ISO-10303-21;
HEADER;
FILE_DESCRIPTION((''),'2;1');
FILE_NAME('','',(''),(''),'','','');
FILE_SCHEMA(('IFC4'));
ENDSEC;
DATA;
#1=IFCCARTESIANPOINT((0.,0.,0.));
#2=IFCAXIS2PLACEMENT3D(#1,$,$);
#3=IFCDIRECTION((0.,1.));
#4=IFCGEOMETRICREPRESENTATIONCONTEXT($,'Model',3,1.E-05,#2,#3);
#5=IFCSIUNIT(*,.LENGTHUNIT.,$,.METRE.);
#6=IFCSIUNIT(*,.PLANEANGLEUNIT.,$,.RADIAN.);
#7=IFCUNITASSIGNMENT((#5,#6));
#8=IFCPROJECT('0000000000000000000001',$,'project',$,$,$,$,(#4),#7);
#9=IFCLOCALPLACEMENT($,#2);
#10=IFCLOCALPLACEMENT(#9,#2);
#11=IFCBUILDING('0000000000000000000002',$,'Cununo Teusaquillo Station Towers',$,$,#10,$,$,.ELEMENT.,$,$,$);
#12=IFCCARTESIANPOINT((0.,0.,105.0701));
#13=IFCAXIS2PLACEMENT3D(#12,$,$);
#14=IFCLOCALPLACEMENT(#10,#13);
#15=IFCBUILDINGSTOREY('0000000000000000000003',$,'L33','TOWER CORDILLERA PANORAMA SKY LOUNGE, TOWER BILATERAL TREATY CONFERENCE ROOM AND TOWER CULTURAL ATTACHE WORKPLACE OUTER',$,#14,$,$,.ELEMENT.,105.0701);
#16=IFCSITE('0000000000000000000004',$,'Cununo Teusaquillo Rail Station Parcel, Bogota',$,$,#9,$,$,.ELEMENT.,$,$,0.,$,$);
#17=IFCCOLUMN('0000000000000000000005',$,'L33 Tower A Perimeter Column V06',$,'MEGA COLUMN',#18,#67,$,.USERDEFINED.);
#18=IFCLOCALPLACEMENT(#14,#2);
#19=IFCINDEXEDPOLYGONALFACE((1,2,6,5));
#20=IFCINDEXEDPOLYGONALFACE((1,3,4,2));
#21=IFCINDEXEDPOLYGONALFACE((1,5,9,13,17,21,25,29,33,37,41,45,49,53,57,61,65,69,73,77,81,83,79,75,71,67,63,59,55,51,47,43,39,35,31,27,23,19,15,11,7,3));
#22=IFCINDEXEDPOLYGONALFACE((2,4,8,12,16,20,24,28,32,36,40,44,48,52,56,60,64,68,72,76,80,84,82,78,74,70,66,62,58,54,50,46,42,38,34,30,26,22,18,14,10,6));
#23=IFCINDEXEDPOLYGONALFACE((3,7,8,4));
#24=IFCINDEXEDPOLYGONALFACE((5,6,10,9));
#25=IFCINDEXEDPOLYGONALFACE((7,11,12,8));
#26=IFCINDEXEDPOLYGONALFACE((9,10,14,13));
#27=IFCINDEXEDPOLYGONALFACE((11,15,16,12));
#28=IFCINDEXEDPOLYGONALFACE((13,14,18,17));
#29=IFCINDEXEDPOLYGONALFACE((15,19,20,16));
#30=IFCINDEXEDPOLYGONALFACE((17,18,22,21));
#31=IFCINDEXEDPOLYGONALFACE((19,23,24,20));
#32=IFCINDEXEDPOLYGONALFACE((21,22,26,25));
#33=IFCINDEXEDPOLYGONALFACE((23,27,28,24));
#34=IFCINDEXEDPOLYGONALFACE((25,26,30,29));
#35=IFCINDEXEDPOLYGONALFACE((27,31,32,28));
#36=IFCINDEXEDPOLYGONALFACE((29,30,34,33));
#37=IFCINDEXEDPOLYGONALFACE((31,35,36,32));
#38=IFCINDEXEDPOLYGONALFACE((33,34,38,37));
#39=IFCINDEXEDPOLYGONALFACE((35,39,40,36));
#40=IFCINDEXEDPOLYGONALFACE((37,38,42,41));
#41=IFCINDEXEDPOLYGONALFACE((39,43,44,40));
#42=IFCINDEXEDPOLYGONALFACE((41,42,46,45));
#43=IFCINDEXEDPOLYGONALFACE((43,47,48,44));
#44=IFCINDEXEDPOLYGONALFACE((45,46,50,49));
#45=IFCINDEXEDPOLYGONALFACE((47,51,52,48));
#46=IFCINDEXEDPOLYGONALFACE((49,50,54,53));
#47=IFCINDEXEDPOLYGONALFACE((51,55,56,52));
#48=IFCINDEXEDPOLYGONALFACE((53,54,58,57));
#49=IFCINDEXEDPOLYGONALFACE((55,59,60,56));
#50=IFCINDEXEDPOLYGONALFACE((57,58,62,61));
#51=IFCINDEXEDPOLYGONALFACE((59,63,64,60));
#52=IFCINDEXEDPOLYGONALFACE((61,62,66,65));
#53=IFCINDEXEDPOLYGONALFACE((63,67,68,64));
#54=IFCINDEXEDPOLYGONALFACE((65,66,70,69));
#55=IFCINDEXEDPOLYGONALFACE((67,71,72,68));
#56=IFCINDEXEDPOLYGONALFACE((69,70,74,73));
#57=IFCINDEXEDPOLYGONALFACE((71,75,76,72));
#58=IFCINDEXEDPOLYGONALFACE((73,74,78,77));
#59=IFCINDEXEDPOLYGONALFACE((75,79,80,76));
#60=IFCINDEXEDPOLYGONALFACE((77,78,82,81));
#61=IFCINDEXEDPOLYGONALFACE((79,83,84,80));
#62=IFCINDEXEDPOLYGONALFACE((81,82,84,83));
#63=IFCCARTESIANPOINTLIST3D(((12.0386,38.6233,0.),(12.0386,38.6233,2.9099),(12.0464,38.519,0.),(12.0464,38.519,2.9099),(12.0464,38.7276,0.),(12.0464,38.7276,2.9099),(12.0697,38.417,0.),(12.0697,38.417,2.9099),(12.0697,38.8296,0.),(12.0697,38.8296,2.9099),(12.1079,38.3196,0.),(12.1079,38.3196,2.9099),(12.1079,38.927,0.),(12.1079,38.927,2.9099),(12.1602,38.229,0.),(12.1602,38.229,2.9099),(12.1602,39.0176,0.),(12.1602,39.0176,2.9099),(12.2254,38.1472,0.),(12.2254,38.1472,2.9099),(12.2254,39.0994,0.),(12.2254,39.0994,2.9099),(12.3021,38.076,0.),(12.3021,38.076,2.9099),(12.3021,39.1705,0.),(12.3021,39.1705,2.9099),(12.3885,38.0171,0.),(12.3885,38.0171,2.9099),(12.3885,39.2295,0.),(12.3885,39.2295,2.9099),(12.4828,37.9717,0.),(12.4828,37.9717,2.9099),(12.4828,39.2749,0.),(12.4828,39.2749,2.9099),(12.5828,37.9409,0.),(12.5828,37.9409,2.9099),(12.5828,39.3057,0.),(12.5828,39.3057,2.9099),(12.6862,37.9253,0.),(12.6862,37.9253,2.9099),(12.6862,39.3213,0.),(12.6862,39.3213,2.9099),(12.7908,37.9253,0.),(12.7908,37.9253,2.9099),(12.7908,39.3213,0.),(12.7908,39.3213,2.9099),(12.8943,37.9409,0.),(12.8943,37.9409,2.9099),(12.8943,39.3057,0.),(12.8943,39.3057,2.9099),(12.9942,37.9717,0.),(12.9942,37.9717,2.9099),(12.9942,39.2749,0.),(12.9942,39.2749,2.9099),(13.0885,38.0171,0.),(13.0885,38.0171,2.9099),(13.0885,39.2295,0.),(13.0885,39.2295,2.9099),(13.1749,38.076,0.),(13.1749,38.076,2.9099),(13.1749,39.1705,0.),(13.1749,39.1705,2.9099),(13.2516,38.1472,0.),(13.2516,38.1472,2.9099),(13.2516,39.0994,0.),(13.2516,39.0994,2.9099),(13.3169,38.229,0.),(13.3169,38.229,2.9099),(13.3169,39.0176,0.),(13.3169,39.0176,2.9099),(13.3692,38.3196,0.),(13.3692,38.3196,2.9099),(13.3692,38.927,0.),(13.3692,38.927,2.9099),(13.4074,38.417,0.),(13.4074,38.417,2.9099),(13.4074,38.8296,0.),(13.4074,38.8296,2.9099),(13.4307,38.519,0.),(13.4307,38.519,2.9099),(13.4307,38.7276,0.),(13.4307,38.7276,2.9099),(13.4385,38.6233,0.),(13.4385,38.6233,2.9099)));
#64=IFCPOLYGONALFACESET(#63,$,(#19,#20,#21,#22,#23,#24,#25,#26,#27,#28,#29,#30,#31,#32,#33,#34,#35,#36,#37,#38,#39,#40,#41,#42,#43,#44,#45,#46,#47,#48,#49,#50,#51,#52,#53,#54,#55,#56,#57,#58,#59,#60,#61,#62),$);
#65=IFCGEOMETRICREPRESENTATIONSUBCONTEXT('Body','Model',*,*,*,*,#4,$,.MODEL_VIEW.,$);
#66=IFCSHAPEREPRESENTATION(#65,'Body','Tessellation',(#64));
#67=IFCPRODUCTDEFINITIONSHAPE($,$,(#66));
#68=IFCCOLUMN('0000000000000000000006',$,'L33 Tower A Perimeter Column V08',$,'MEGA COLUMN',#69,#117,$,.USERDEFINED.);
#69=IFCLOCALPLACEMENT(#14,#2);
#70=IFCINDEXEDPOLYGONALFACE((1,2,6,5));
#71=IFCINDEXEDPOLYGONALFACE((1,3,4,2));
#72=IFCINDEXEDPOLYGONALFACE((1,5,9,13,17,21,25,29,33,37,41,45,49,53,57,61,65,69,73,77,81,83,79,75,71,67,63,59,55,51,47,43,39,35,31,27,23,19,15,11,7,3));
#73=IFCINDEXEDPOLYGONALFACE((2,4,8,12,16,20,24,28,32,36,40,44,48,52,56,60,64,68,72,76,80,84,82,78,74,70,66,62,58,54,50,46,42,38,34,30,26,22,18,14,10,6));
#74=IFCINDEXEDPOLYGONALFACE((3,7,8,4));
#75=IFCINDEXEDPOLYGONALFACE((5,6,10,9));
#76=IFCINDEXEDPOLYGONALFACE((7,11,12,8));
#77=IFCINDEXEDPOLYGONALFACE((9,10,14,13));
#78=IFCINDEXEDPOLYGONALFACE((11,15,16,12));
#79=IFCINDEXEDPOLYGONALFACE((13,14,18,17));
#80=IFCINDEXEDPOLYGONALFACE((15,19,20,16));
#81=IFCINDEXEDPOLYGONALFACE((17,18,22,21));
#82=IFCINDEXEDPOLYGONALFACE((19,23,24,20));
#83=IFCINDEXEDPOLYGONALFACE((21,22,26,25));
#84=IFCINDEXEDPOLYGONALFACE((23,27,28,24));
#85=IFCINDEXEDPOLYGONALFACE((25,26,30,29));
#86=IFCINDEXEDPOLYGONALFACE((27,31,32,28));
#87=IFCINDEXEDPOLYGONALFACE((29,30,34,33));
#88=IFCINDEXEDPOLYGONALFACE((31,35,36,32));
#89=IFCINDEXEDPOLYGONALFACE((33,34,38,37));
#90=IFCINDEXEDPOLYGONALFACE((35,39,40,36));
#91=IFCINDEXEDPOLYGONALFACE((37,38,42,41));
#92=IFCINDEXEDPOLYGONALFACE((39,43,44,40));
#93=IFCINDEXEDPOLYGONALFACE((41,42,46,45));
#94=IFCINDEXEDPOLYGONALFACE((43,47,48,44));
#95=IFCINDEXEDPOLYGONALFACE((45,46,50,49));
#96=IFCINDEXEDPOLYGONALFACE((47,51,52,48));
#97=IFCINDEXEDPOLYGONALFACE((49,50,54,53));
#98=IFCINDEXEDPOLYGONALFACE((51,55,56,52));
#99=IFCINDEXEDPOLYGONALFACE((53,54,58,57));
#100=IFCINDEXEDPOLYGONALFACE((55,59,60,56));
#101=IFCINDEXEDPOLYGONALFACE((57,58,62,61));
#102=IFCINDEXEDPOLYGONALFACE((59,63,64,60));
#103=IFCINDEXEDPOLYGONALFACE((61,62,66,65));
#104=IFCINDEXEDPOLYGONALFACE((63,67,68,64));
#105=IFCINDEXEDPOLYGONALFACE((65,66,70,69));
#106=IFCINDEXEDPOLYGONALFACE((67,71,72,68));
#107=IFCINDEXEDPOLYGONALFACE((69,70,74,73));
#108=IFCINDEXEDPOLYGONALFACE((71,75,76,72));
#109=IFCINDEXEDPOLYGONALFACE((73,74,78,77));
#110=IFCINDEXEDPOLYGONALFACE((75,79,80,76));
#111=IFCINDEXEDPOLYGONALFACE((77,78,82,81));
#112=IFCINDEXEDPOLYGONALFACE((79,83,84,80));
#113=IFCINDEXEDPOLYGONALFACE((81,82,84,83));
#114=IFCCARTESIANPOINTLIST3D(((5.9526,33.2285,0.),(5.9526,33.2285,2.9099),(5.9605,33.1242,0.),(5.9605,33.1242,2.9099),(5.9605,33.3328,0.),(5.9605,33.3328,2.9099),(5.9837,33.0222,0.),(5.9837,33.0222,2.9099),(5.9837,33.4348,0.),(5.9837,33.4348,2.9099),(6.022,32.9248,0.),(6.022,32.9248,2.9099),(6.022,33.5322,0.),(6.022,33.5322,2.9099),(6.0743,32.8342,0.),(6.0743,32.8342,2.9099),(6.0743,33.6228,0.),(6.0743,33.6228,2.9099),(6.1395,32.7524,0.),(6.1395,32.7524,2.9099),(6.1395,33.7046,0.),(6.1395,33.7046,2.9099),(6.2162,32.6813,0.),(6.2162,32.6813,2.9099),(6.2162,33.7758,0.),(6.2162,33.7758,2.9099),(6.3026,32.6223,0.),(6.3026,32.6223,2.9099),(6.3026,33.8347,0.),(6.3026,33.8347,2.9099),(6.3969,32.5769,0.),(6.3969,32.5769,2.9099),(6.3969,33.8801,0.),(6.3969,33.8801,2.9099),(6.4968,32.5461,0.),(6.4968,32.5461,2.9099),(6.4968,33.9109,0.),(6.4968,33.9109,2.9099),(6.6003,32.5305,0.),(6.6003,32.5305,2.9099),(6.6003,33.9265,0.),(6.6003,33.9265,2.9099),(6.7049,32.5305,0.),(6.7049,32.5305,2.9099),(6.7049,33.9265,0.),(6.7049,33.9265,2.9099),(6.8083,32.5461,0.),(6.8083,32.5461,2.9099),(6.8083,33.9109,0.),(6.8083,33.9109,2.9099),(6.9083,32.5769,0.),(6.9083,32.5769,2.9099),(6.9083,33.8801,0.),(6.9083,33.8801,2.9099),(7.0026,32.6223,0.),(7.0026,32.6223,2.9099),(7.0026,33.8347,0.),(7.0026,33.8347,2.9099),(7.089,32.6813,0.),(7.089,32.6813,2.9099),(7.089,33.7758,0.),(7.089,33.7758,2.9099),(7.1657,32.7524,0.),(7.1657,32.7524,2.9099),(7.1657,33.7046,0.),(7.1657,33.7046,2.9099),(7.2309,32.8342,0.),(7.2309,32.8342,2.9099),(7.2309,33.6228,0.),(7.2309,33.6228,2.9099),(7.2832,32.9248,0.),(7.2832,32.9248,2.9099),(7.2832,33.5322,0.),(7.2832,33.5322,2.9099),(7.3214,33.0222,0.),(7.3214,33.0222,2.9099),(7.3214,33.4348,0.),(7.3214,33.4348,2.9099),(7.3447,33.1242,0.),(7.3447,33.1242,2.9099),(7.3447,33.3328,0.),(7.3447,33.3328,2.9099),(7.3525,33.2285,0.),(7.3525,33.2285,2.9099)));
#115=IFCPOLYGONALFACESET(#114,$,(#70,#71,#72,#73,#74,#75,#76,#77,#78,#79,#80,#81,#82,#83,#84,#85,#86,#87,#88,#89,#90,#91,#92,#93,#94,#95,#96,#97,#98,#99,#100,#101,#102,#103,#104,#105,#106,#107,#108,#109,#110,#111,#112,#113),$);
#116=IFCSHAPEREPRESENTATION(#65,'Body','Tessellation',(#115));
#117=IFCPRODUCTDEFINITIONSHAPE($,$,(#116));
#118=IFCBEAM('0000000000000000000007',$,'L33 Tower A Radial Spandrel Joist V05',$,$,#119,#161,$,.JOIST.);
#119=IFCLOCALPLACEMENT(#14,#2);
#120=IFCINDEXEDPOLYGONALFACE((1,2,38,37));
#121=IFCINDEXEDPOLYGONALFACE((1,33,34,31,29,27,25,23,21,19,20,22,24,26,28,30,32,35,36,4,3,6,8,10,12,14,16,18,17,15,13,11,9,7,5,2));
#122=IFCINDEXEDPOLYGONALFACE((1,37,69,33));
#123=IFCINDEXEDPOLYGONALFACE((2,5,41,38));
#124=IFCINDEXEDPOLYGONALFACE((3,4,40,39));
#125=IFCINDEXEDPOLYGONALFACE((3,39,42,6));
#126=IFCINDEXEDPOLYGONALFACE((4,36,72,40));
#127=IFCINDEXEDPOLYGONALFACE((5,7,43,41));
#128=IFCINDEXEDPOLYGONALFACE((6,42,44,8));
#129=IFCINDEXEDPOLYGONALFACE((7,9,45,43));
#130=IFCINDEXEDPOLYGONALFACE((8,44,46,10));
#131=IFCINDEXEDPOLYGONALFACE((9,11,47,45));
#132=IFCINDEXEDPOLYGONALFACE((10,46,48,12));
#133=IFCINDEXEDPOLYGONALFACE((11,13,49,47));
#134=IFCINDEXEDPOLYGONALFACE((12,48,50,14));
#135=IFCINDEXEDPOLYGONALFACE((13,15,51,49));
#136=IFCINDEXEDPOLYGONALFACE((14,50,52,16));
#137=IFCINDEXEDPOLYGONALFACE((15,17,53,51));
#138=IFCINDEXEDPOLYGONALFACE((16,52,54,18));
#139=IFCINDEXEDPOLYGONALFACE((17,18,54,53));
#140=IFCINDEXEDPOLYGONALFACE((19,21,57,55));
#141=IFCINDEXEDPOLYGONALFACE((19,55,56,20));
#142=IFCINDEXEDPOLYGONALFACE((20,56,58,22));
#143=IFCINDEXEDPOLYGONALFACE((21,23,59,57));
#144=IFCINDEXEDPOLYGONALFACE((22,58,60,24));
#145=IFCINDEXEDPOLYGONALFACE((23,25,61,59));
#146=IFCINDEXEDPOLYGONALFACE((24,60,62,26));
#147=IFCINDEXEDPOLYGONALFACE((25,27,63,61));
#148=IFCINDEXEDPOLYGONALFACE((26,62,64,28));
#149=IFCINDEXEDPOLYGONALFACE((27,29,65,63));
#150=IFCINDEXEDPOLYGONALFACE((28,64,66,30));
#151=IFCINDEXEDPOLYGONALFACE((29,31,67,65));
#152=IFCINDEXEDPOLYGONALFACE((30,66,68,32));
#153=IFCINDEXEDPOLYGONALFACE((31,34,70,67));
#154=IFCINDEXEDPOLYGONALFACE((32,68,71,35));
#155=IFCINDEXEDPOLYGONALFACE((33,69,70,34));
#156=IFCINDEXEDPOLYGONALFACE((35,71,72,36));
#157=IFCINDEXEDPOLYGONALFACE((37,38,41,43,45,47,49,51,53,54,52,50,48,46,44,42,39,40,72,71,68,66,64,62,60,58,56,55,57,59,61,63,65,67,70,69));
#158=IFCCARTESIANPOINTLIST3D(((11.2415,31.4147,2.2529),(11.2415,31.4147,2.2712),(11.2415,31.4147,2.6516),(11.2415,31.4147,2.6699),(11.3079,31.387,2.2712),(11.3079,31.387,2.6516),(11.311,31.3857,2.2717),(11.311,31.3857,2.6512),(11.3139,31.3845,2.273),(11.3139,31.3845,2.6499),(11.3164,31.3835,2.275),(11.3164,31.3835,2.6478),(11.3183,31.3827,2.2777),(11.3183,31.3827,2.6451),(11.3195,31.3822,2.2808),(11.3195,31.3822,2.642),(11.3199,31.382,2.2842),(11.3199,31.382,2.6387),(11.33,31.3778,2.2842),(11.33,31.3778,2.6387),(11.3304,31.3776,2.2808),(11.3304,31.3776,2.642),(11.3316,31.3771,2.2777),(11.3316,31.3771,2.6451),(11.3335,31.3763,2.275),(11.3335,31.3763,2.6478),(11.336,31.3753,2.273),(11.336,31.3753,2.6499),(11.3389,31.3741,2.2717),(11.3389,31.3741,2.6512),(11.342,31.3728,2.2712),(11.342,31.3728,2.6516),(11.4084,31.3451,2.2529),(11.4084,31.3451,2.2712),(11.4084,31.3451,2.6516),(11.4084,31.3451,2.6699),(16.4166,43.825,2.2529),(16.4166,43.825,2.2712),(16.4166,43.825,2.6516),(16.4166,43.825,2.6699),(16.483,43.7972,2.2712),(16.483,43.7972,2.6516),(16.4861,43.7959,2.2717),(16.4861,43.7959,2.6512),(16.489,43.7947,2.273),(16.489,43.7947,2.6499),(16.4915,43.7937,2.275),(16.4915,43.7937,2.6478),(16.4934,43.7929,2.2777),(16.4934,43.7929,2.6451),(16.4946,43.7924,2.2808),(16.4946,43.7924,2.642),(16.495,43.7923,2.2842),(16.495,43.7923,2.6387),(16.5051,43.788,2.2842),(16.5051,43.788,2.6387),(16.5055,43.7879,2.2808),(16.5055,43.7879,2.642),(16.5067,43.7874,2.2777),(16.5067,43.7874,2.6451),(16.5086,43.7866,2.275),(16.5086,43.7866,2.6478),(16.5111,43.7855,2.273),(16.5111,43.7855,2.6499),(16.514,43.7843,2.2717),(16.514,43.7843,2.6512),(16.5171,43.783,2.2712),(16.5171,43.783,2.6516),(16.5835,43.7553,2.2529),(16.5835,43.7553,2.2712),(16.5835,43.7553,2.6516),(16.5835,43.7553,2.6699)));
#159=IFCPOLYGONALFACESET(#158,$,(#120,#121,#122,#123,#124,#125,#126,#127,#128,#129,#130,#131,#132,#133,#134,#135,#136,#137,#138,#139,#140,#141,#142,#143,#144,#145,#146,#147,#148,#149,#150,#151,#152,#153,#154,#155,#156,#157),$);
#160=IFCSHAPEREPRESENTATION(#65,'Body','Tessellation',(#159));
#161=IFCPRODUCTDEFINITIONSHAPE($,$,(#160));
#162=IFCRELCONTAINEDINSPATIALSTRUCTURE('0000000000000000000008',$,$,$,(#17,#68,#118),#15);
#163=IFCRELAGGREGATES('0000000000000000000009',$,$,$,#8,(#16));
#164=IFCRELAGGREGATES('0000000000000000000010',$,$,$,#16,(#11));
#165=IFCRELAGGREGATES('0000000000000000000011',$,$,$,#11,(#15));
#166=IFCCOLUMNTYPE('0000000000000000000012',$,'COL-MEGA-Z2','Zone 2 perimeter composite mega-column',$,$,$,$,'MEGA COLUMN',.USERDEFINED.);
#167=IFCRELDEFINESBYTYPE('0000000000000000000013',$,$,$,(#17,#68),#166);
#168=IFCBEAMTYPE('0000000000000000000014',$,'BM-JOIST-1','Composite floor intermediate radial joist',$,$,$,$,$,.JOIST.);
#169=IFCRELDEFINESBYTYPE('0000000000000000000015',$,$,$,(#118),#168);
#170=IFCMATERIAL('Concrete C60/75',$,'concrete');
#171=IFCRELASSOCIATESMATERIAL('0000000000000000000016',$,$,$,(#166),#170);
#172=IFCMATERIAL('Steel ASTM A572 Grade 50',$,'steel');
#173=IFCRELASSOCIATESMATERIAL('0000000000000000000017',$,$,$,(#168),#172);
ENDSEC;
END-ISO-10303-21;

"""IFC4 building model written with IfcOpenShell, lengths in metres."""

from ifc_helpers import new_model, si_unit, direction, frame, origin, origin_2d, place, context, subcontext, project, spatial, circle, i_section, extrude, material, material_profile, profile_set, type_object, element, save


model = new_model("IFC4")

# Units and contexts
model_context = context("Model", 3, precision=1e-05, world=origin(), true_north=direction((0.0, 1.0)))
body_context = subcontext(model_context, "Body", "Model", "MODEL_VIEW")
ifc_project = project(units=[si_unit("LENGTHUNIT", "METRE"), si_unit("PLANEANGLEUNIT", "RADIAN")], contexts=[model_context])

# Site, building, storey
site_placement = place(None, origin())
site = spatial("IfcSite", under=ifc_project, at=site_placement, Name="Cununo Teusaquillo Rail Station Parcel, Bogota", CompositionType="ELEMENT", RefElevation=0.0)
building_placement = place(site_placement, origin())
building = spatial("IfcBuilding", under=site, at=building_placement, Name="Cununo Teusaquillo Station Towers", CompositionType="ELEMENT")
storey_placement = place(building_placement, frame((0.0, 0.0, 105.0701)))
storey = spatial("IfcBuildingStorey", under=building, at=storey_placement, Name="L33", Description="TOWER CORDILLERA PANORAMA SKY LOUNGE, TOWER BILATERAL TREATY CONFERENCE ROOM AND TOWER CULTURAL ATTACHE WORKPLACE OUTER", CompositionType="ELEMENT", Elevation=105.0701)

# Columns
ifc_material_1 = material(Name="Concrete C60/75", Category="concrete")
ifc_material_profile_1 = material_profile(ifc_material_1, circle(Radius=0.7, at=origin_2d()), Name="RC-CIRC-1400")
ifc_profile_set_1 = profile_set([ifc_material_profile_1], Name="Concrete C60/75")
column_type = type_object("IfcColumnType", Name="COL-MEGA-Z2", Description="Zone 2 perimeter composite mega-column", ElementType="MEGA COLUMN", PredefinedType="USERDEFINED", material=ifc_profile_set_1)
for number, where, z_axis, x_axis, name in (
    (1, (12.7385, 38.6233, 0.0), (0.0, 0.0, 1.0), (1.0, 0.0, 0.0), "L33 Tower A Perimeter Column V06"),
    (2, (6.6526, 33.2285, 0.0), (0.0, 0.0, 1.0), (1.0, 0.0, 0.0), "L33 Tower A Perimeter Column V08"),
):
    element("IfcColumn", number, at=place(storey_placement, frame(where, z_axis=z_axis, x_axis=x_axis)), inside=storey, type_object=column_type, Name=name, ObjectType="MEGA COLUMN", PredefinedType="USERDEFINED", context=body_context, shape_type="SweptSolid", body=[
        extrude(circle(Radius=0.7, at=origin_2d()), origin(), (0.0, 0.0, 1.0), 2.9099),
    ])

# Beam
ifc_material_2 = material(Name="Steel ASTM A572 Grade 50", Category="steel")
ifc_material_profile_2 = material_profile(ifc_material_2, i_section(OverallWidth=0.1809, OverallDepth=0.417, WebThickness=0.011, FlangeThickness=0.0183, FilletRadius=0.0129, at=origin_2d()), Name="W16X57")
ifc_profile_set_2 = profile_set([ifc_material_profile_2], Name="Steel ASTM A572 Grade 50")
beam_type_1 = type_object("IfcBeamType", Name="BM-JOIST-1", Description="Composite floor intermediate radial joist", PredefinedType="JOIST", material=ifc_profile_set_2)
beam_1_placement = place(storey_placement, frame((11.325, 31.3799, 2.4614), z_axis=(0.384878, 0.922967, 0.0), x_axis=(-0.922967, 0.384878, 0.0)))
element("IfcBeam", 3, at=beam_1_placement, inside=storey, type_object=beam_type_1, Name="L33 Tower A Radial Spandrel Joist V05", PredefinedType="JOIST", context=body_context, shape_type="SweptSolid", body=[
    extrude(i_section(OverallWidth=0.1809, OverallDepth=0.417, WebThickness=0.011, FlangeThickness=0.0183, FilletRadius=0.0129, at=origin_2d()), origin(), (0.0, 0.0, 1.0), 13.446),
])

save(model, "model.ifc")
